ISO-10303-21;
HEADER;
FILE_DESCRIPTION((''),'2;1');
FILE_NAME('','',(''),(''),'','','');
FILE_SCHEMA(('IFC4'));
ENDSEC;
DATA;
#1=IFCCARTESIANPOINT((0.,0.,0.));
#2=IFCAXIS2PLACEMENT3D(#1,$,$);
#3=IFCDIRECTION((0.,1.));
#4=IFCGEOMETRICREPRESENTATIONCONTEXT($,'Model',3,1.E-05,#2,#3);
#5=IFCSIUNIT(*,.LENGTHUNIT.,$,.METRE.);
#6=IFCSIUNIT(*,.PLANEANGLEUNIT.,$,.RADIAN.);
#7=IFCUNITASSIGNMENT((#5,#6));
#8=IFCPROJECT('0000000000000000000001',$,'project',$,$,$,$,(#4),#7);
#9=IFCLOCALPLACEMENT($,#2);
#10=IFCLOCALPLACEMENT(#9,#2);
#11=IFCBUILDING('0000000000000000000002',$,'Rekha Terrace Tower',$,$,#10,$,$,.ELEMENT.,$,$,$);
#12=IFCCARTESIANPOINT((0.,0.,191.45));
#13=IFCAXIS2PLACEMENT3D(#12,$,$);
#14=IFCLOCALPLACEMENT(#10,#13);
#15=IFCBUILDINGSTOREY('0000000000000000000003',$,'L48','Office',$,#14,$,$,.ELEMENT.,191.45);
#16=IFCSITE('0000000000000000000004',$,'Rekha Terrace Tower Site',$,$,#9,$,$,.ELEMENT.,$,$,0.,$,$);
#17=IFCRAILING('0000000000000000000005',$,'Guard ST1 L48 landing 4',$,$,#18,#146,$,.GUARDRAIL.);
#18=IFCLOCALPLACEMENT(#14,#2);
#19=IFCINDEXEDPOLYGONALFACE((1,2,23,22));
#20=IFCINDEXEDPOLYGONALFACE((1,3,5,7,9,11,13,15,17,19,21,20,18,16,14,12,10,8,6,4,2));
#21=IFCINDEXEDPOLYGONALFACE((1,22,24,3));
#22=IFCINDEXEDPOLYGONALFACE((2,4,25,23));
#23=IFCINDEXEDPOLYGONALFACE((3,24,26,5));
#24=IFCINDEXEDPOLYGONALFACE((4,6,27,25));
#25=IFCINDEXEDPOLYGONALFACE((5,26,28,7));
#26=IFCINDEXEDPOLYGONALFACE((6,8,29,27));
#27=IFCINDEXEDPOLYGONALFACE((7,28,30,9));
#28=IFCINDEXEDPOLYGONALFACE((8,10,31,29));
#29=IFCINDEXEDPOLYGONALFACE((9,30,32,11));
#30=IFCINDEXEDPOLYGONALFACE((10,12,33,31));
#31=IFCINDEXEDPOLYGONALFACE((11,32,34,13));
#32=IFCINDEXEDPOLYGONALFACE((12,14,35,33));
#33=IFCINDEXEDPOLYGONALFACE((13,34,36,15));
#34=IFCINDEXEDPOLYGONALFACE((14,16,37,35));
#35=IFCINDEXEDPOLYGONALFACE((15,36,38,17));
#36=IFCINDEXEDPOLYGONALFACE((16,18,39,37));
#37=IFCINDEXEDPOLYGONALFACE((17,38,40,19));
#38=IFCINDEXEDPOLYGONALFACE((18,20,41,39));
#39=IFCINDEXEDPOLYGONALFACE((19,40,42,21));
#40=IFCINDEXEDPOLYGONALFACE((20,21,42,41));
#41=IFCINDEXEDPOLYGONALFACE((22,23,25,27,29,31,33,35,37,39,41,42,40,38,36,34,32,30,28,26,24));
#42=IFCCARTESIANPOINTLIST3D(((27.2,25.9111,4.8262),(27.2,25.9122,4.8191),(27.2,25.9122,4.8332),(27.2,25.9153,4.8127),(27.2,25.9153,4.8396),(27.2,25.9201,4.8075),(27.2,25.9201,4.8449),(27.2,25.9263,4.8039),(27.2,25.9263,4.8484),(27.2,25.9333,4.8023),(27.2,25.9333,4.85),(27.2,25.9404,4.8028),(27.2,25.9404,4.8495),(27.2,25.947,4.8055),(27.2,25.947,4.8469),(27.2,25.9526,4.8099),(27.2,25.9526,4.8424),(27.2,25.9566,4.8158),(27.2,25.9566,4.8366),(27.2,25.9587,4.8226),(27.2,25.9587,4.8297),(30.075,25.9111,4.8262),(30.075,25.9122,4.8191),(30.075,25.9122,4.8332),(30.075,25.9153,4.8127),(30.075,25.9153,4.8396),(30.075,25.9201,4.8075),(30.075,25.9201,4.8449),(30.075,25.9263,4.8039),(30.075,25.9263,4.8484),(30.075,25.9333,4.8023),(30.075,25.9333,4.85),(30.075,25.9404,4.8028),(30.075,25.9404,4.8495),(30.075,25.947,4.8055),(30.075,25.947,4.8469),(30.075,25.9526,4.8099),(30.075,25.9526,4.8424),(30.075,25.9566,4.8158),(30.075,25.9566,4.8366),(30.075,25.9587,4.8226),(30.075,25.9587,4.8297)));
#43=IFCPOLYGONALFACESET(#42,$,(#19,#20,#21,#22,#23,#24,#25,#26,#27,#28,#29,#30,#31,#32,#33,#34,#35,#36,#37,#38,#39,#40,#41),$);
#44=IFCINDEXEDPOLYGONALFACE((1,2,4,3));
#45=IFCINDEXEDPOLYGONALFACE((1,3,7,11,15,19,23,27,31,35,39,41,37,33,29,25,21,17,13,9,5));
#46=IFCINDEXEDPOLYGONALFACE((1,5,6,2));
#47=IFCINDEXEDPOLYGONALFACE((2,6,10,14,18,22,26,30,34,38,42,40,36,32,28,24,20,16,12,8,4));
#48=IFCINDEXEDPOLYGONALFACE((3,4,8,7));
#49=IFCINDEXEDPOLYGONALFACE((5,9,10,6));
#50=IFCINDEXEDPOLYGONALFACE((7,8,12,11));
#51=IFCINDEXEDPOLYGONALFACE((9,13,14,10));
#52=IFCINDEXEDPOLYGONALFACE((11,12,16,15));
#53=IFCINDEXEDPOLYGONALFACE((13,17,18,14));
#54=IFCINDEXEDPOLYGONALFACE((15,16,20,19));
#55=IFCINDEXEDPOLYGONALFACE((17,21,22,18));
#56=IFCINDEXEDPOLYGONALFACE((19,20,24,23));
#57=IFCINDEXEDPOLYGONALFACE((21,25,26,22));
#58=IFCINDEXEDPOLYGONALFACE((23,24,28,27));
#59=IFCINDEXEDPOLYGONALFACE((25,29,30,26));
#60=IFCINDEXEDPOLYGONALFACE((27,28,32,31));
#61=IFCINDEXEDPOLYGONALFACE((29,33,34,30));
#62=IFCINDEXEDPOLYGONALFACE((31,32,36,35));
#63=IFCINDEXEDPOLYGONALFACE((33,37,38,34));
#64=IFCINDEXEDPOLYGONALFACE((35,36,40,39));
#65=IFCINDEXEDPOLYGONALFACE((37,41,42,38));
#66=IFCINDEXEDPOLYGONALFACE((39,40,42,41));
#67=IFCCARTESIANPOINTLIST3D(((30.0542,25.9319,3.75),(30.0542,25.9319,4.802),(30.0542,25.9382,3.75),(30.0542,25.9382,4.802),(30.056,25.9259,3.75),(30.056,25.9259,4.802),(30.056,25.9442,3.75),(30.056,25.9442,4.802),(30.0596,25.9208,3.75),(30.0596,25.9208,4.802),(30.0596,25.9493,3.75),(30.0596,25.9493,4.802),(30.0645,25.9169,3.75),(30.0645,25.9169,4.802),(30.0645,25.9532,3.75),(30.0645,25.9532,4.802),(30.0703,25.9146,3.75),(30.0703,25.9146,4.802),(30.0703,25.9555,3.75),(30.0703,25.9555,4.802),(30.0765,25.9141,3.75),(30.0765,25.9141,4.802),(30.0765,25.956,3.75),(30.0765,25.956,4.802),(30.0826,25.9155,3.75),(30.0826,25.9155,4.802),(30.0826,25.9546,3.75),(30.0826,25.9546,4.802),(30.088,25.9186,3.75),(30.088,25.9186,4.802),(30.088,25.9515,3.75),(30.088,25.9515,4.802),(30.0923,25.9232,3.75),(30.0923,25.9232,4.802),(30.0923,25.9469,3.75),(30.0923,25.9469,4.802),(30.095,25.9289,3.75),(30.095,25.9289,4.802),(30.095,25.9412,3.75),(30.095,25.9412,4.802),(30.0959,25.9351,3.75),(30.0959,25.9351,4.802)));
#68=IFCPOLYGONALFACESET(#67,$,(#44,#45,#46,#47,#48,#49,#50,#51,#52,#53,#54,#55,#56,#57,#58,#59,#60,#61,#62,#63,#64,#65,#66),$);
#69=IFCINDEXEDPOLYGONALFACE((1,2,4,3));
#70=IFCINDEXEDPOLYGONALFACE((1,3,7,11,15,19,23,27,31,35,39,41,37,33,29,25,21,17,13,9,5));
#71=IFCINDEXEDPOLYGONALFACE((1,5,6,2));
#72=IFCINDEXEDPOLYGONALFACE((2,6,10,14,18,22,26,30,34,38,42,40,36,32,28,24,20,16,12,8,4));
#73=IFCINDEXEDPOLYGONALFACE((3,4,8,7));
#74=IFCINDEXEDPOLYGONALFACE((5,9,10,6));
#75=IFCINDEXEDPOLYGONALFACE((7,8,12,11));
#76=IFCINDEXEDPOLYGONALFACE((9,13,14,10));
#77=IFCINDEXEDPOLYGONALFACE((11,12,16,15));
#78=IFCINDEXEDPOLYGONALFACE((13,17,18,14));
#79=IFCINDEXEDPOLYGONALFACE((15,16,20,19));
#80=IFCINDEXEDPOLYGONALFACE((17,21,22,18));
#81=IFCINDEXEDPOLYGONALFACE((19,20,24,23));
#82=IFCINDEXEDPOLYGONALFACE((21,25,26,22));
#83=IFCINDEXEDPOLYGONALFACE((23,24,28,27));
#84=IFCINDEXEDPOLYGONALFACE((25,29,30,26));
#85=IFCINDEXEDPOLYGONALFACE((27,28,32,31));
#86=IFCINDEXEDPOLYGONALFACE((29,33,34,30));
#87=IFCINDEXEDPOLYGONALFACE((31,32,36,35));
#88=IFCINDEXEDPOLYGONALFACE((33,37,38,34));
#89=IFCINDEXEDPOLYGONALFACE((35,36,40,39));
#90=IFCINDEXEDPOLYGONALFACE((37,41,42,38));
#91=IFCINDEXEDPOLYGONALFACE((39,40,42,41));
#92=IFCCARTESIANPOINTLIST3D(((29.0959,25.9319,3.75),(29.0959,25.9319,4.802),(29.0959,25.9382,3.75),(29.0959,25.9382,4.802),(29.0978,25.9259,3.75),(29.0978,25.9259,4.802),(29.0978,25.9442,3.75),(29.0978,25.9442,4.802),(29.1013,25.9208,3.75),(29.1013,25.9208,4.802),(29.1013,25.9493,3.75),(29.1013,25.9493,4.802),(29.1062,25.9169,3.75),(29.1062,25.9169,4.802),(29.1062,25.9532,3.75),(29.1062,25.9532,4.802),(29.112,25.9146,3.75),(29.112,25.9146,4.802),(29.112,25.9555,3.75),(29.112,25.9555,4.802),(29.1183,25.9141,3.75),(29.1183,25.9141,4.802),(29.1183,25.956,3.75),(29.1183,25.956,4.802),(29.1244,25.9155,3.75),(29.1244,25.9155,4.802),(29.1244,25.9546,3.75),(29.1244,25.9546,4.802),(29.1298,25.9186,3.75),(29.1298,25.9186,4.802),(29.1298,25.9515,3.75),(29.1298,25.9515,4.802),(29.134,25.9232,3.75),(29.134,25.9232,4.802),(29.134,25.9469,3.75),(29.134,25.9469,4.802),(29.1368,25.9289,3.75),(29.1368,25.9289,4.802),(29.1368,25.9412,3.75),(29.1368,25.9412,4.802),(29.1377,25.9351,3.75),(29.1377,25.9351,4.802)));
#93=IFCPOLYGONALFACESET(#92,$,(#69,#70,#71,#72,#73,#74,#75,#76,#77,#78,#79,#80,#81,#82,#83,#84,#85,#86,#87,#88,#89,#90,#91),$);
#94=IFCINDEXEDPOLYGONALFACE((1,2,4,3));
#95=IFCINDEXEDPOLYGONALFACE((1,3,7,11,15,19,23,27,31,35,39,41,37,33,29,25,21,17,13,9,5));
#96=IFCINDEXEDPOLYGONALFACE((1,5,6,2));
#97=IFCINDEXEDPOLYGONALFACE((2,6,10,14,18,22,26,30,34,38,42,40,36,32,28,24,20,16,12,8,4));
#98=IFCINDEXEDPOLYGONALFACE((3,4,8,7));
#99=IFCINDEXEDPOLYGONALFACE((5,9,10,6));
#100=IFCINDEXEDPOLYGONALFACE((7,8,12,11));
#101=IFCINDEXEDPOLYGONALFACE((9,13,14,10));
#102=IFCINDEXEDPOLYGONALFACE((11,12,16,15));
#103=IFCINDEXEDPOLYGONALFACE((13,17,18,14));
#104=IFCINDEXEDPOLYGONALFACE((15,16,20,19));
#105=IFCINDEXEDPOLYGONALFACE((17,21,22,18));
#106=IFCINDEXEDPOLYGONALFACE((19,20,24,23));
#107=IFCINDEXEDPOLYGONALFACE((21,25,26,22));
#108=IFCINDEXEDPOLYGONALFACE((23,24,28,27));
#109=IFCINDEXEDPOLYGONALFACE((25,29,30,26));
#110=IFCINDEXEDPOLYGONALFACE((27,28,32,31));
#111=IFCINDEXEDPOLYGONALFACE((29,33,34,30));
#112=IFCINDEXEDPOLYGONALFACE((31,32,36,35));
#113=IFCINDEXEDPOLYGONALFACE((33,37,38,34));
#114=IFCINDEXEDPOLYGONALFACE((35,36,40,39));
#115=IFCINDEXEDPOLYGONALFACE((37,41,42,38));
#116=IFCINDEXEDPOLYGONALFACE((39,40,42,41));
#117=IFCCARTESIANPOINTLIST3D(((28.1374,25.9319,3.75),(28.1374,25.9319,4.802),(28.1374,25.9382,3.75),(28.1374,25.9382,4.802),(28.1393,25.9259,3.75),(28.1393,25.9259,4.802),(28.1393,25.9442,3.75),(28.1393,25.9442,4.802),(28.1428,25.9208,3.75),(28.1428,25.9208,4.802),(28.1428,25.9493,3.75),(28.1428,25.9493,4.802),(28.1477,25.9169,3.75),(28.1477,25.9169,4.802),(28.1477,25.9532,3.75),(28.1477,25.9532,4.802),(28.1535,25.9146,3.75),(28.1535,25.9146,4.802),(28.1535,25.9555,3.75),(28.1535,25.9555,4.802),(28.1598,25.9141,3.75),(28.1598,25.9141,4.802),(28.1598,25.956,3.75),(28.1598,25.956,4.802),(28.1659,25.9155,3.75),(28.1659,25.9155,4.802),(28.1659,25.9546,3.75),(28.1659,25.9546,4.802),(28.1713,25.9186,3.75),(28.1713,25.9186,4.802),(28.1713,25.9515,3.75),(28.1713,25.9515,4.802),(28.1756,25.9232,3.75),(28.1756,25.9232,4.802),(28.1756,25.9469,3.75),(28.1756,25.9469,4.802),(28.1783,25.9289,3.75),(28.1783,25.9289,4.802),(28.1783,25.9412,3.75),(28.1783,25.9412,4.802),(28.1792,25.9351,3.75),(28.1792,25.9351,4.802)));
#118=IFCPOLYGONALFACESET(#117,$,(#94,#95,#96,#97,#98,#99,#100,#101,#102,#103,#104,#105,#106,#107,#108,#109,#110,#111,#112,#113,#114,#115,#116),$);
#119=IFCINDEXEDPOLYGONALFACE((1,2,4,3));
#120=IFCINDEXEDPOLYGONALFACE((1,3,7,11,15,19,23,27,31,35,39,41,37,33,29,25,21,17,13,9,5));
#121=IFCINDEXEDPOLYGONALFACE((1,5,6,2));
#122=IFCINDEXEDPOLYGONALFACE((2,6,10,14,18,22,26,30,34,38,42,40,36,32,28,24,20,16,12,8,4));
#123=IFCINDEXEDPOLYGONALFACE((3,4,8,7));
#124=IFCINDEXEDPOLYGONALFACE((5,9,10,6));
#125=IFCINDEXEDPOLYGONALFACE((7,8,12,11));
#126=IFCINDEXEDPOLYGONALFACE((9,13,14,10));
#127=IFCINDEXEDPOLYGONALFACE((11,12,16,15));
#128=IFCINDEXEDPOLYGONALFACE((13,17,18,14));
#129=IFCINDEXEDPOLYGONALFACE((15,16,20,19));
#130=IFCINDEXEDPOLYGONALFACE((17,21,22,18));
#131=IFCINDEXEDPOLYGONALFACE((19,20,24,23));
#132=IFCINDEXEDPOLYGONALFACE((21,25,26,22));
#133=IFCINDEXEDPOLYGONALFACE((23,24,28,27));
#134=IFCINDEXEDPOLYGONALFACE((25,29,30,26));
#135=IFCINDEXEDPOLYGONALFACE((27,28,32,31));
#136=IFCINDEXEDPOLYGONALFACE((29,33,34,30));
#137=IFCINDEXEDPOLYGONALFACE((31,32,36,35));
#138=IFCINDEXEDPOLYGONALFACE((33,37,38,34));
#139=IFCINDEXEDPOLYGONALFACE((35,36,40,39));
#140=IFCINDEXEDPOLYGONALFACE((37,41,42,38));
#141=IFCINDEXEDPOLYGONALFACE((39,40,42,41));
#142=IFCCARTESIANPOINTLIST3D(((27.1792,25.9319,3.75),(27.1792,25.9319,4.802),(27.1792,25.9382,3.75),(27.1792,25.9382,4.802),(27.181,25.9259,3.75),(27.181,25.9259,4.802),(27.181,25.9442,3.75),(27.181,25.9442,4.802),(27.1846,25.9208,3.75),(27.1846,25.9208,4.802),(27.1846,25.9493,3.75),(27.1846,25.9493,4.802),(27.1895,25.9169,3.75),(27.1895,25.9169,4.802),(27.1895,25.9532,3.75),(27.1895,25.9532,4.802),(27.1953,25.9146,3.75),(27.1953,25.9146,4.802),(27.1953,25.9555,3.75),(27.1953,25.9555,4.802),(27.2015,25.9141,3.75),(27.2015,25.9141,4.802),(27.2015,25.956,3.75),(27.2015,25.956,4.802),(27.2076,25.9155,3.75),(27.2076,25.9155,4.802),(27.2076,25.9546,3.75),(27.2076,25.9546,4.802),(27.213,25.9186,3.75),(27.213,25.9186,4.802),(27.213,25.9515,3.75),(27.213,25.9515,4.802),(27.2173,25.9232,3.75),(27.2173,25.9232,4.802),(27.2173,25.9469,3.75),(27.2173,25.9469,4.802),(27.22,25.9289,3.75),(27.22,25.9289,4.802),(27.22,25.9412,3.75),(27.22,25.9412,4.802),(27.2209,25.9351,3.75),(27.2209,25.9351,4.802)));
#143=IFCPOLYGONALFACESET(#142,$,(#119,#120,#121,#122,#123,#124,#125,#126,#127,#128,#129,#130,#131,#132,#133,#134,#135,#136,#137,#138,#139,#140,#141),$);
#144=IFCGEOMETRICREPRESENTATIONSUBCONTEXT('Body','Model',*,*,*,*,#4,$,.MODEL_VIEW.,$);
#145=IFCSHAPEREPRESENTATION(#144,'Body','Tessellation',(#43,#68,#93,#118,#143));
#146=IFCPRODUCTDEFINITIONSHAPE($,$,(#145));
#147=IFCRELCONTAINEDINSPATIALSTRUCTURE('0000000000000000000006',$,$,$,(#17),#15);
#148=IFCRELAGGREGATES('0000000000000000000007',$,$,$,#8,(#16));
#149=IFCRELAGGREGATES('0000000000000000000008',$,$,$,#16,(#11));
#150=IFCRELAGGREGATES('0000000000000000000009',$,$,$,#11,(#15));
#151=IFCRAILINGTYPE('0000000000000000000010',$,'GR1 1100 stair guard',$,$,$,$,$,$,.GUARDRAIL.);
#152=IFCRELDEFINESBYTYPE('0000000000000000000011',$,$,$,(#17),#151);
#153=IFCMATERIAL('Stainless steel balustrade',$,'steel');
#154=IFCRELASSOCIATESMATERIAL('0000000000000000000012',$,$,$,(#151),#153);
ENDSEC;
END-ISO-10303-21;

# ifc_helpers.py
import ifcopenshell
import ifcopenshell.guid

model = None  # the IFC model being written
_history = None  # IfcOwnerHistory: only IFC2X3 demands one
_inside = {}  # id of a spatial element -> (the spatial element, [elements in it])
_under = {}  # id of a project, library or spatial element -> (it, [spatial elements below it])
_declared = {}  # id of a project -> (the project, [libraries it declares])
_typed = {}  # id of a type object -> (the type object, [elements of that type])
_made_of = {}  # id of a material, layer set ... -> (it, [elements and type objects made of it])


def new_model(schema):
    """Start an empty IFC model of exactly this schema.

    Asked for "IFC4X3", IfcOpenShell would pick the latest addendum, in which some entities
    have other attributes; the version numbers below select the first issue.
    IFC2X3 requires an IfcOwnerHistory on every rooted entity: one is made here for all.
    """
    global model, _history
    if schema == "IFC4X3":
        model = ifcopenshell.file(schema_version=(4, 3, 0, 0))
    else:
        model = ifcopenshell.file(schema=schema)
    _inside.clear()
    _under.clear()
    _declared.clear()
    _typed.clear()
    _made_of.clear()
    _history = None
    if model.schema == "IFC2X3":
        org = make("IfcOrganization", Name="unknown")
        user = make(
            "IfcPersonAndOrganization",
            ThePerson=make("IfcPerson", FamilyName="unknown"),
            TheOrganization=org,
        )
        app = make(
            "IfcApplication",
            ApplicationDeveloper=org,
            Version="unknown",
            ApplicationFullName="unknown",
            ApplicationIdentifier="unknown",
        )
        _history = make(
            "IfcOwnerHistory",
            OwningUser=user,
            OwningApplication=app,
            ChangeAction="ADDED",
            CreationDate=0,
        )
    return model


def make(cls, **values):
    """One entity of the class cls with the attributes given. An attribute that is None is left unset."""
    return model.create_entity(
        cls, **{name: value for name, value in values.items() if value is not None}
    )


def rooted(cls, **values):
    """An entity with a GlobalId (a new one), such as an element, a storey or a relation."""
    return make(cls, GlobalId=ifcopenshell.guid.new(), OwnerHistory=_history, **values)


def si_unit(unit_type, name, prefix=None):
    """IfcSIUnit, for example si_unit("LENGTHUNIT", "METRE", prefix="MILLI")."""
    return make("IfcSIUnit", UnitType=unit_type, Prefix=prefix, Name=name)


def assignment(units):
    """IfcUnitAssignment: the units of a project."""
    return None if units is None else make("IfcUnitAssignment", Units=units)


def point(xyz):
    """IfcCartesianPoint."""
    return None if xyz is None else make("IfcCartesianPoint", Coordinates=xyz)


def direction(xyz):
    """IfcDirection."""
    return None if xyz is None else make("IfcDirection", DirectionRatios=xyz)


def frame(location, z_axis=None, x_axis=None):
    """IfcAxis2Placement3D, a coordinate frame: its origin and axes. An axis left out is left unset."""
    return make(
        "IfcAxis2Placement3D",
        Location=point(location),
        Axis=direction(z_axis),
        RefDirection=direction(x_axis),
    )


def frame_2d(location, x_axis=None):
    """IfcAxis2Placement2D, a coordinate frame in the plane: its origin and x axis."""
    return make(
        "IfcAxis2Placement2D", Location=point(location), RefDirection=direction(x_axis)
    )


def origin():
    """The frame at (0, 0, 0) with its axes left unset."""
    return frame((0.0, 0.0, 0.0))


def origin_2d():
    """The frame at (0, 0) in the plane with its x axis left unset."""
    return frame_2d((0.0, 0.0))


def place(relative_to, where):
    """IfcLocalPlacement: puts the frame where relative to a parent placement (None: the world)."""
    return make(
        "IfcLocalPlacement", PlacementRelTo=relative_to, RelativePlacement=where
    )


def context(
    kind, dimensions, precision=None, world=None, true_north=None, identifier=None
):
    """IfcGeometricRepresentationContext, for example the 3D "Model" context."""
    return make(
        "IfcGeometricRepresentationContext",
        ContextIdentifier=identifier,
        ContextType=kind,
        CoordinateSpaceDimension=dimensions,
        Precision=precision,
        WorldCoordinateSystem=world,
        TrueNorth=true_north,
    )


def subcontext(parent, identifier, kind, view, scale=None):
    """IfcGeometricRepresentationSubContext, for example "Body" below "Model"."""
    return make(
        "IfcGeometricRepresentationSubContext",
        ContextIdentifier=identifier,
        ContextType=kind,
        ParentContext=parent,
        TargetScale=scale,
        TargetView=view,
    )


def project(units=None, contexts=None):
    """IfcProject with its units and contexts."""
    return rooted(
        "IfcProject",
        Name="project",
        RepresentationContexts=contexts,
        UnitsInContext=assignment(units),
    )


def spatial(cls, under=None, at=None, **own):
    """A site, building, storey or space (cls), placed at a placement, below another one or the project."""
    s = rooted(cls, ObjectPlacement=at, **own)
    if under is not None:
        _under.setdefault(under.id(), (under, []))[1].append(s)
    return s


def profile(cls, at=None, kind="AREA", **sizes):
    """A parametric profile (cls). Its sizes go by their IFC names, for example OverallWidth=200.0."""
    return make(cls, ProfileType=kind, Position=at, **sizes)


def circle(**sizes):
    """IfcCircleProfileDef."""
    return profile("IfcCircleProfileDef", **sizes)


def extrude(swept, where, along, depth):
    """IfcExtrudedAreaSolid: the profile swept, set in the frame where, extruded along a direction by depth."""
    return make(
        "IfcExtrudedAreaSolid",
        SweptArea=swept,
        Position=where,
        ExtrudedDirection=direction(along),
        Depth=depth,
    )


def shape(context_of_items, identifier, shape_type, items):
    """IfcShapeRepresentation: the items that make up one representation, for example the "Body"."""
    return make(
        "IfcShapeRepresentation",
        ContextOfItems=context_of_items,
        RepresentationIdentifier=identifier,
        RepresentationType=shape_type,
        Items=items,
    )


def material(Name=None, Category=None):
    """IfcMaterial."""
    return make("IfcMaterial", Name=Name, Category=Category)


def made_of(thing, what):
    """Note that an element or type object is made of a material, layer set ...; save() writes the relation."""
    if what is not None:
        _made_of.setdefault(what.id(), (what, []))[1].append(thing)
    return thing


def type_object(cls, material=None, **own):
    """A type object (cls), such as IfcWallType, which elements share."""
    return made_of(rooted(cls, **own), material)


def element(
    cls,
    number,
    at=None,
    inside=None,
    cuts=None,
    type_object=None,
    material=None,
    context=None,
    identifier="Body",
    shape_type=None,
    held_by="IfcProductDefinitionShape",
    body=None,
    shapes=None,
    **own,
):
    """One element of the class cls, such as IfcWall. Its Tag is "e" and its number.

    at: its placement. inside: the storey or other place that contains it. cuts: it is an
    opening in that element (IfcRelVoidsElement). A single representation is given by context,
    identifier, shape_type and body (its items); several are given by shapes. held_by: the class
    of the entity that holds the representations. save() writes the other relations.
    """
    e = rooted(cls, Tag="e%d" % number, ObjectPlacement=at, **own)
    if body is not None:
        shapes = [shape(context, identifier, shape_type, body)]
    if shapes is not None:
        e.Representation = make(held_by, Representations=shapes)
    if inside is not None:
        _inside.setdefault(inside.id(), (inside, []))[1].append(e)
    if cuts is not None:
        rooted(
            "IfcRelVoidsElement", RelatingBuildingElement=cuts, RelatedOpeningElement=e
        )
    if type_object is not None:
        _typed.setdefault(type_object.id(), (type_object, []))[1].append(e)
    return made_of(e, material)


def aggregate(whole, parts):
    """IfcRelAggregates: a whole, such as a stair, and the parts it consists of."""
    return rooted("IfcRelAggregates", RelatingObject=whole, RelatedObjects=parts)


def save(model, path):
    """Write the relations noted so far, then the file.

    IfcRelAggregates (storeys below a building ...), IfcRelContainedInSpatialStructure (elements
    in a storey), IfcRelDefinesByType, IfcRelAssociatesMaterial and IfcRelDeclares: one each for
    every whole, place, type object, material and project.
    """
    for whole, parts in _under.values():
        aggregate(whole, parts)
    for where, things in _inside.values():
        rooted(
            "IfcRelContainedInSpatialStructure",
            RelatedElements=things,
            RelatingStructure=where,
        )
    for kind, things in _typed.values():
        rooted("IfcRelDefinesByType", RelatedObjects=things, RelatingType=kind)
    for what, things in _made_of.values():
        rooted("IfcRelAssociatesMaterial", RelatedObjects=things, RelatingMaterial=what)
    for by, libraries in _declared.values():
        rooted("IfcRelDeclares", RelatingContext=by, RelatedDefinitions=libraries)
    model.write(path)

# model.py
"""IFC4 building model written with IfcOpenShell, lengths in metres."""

from ifc_helpers import new_model, si_unit, direction, frame, origin, origin_2d, place, context, subcontext, project, spatial, circle, extrude, material, type_object, element, save


model = new_model("IFC4")

# Units and contexts
model_context = context("Model", 3, precision=1e-05, world=origin(), true_north=direction((0.0, 1.0)))
body_context = subcontext(model_context, "Body", "Model", "MODEL_VIEW")
ifc_project = project(units=[si_unit("LENGTHUNIT", "METRE"), si_unit("PLANEANGLEUNIT", "RADIAN")], contexts=[model_context])

# Site, building, storey
site_placement = place(None, origin())
site = spatial("IfcSite", under=ifc_project, at=site_placement, Name="Rekha Terrace Tower Site", CompositionType="ELEMENT", RefElevation=0.0)
building_placement = place(site_placement, origin())
building = spatial("IfcBuilding", under=site, at=building_placement, Name="Rekha Terrace Tower", CompositionType="ELEMENT")
storey_placement = place(building_placement, frame((0.0, 0.0, 191.45)))
storey = spatial("IfcBuildingStorey", under=building, at=storey_placement, Name="L48", Description="Office", CompositionType="ELEMENT", Elevation=191.45)

# Railing
ifc_material_1 = material(Name="Stainless steel balustrade", Category="steel")
railing_type_1 = type_object("IfcRailingType", Name="GR1 1100 stair guard", PredefinedType="GUARDRAIL", material=ifc_material_1)
railing_1_placement = place(storey_placement, frame((30.075, 25.9351, 3.75)))
element("IfcRailing", 1, at=railing_1_placement, inside=storey, type_object=railing_type_1, Name="Guard ST1 L48 landing 4", PredefinedType="GUARDRAIL", context=body_context, shape_type="SweptSolid", body=[
    extrude(circle(Radius=0.0239, at=origin_2d()), frame((0.0, 0.0, 1.0762), z_axis=(-1.0, 0.0, 0.0), x_axis=(0.0, -1.0, 0.0)), (0.0, 0.0, 1.0), 2.875),
    extrude(circle(Radius=0.021, at=origin_2d()), origin(), (0.0, 0.0, 1.0), 1.052),
    extrude(circle(Radius=0.021, at=origin_2d()), frame((-0.9583, 0.0, 0.0)), (0.0, 0.0, 1.0), 1.052),
    extrude(circle(Radius=0.021, at=origin_2d()), frame((-1.9167, 0.0, 0.0)), (0.0, 0.0, 1.0), 1.052),
    extrude(circle(Radius=0.021, at=origin_2d()), frame((-2.875, 0.0, 0.0)), (0.0, 0.0, 1.0), 1.052),
])

save(model, "model.ifc")
